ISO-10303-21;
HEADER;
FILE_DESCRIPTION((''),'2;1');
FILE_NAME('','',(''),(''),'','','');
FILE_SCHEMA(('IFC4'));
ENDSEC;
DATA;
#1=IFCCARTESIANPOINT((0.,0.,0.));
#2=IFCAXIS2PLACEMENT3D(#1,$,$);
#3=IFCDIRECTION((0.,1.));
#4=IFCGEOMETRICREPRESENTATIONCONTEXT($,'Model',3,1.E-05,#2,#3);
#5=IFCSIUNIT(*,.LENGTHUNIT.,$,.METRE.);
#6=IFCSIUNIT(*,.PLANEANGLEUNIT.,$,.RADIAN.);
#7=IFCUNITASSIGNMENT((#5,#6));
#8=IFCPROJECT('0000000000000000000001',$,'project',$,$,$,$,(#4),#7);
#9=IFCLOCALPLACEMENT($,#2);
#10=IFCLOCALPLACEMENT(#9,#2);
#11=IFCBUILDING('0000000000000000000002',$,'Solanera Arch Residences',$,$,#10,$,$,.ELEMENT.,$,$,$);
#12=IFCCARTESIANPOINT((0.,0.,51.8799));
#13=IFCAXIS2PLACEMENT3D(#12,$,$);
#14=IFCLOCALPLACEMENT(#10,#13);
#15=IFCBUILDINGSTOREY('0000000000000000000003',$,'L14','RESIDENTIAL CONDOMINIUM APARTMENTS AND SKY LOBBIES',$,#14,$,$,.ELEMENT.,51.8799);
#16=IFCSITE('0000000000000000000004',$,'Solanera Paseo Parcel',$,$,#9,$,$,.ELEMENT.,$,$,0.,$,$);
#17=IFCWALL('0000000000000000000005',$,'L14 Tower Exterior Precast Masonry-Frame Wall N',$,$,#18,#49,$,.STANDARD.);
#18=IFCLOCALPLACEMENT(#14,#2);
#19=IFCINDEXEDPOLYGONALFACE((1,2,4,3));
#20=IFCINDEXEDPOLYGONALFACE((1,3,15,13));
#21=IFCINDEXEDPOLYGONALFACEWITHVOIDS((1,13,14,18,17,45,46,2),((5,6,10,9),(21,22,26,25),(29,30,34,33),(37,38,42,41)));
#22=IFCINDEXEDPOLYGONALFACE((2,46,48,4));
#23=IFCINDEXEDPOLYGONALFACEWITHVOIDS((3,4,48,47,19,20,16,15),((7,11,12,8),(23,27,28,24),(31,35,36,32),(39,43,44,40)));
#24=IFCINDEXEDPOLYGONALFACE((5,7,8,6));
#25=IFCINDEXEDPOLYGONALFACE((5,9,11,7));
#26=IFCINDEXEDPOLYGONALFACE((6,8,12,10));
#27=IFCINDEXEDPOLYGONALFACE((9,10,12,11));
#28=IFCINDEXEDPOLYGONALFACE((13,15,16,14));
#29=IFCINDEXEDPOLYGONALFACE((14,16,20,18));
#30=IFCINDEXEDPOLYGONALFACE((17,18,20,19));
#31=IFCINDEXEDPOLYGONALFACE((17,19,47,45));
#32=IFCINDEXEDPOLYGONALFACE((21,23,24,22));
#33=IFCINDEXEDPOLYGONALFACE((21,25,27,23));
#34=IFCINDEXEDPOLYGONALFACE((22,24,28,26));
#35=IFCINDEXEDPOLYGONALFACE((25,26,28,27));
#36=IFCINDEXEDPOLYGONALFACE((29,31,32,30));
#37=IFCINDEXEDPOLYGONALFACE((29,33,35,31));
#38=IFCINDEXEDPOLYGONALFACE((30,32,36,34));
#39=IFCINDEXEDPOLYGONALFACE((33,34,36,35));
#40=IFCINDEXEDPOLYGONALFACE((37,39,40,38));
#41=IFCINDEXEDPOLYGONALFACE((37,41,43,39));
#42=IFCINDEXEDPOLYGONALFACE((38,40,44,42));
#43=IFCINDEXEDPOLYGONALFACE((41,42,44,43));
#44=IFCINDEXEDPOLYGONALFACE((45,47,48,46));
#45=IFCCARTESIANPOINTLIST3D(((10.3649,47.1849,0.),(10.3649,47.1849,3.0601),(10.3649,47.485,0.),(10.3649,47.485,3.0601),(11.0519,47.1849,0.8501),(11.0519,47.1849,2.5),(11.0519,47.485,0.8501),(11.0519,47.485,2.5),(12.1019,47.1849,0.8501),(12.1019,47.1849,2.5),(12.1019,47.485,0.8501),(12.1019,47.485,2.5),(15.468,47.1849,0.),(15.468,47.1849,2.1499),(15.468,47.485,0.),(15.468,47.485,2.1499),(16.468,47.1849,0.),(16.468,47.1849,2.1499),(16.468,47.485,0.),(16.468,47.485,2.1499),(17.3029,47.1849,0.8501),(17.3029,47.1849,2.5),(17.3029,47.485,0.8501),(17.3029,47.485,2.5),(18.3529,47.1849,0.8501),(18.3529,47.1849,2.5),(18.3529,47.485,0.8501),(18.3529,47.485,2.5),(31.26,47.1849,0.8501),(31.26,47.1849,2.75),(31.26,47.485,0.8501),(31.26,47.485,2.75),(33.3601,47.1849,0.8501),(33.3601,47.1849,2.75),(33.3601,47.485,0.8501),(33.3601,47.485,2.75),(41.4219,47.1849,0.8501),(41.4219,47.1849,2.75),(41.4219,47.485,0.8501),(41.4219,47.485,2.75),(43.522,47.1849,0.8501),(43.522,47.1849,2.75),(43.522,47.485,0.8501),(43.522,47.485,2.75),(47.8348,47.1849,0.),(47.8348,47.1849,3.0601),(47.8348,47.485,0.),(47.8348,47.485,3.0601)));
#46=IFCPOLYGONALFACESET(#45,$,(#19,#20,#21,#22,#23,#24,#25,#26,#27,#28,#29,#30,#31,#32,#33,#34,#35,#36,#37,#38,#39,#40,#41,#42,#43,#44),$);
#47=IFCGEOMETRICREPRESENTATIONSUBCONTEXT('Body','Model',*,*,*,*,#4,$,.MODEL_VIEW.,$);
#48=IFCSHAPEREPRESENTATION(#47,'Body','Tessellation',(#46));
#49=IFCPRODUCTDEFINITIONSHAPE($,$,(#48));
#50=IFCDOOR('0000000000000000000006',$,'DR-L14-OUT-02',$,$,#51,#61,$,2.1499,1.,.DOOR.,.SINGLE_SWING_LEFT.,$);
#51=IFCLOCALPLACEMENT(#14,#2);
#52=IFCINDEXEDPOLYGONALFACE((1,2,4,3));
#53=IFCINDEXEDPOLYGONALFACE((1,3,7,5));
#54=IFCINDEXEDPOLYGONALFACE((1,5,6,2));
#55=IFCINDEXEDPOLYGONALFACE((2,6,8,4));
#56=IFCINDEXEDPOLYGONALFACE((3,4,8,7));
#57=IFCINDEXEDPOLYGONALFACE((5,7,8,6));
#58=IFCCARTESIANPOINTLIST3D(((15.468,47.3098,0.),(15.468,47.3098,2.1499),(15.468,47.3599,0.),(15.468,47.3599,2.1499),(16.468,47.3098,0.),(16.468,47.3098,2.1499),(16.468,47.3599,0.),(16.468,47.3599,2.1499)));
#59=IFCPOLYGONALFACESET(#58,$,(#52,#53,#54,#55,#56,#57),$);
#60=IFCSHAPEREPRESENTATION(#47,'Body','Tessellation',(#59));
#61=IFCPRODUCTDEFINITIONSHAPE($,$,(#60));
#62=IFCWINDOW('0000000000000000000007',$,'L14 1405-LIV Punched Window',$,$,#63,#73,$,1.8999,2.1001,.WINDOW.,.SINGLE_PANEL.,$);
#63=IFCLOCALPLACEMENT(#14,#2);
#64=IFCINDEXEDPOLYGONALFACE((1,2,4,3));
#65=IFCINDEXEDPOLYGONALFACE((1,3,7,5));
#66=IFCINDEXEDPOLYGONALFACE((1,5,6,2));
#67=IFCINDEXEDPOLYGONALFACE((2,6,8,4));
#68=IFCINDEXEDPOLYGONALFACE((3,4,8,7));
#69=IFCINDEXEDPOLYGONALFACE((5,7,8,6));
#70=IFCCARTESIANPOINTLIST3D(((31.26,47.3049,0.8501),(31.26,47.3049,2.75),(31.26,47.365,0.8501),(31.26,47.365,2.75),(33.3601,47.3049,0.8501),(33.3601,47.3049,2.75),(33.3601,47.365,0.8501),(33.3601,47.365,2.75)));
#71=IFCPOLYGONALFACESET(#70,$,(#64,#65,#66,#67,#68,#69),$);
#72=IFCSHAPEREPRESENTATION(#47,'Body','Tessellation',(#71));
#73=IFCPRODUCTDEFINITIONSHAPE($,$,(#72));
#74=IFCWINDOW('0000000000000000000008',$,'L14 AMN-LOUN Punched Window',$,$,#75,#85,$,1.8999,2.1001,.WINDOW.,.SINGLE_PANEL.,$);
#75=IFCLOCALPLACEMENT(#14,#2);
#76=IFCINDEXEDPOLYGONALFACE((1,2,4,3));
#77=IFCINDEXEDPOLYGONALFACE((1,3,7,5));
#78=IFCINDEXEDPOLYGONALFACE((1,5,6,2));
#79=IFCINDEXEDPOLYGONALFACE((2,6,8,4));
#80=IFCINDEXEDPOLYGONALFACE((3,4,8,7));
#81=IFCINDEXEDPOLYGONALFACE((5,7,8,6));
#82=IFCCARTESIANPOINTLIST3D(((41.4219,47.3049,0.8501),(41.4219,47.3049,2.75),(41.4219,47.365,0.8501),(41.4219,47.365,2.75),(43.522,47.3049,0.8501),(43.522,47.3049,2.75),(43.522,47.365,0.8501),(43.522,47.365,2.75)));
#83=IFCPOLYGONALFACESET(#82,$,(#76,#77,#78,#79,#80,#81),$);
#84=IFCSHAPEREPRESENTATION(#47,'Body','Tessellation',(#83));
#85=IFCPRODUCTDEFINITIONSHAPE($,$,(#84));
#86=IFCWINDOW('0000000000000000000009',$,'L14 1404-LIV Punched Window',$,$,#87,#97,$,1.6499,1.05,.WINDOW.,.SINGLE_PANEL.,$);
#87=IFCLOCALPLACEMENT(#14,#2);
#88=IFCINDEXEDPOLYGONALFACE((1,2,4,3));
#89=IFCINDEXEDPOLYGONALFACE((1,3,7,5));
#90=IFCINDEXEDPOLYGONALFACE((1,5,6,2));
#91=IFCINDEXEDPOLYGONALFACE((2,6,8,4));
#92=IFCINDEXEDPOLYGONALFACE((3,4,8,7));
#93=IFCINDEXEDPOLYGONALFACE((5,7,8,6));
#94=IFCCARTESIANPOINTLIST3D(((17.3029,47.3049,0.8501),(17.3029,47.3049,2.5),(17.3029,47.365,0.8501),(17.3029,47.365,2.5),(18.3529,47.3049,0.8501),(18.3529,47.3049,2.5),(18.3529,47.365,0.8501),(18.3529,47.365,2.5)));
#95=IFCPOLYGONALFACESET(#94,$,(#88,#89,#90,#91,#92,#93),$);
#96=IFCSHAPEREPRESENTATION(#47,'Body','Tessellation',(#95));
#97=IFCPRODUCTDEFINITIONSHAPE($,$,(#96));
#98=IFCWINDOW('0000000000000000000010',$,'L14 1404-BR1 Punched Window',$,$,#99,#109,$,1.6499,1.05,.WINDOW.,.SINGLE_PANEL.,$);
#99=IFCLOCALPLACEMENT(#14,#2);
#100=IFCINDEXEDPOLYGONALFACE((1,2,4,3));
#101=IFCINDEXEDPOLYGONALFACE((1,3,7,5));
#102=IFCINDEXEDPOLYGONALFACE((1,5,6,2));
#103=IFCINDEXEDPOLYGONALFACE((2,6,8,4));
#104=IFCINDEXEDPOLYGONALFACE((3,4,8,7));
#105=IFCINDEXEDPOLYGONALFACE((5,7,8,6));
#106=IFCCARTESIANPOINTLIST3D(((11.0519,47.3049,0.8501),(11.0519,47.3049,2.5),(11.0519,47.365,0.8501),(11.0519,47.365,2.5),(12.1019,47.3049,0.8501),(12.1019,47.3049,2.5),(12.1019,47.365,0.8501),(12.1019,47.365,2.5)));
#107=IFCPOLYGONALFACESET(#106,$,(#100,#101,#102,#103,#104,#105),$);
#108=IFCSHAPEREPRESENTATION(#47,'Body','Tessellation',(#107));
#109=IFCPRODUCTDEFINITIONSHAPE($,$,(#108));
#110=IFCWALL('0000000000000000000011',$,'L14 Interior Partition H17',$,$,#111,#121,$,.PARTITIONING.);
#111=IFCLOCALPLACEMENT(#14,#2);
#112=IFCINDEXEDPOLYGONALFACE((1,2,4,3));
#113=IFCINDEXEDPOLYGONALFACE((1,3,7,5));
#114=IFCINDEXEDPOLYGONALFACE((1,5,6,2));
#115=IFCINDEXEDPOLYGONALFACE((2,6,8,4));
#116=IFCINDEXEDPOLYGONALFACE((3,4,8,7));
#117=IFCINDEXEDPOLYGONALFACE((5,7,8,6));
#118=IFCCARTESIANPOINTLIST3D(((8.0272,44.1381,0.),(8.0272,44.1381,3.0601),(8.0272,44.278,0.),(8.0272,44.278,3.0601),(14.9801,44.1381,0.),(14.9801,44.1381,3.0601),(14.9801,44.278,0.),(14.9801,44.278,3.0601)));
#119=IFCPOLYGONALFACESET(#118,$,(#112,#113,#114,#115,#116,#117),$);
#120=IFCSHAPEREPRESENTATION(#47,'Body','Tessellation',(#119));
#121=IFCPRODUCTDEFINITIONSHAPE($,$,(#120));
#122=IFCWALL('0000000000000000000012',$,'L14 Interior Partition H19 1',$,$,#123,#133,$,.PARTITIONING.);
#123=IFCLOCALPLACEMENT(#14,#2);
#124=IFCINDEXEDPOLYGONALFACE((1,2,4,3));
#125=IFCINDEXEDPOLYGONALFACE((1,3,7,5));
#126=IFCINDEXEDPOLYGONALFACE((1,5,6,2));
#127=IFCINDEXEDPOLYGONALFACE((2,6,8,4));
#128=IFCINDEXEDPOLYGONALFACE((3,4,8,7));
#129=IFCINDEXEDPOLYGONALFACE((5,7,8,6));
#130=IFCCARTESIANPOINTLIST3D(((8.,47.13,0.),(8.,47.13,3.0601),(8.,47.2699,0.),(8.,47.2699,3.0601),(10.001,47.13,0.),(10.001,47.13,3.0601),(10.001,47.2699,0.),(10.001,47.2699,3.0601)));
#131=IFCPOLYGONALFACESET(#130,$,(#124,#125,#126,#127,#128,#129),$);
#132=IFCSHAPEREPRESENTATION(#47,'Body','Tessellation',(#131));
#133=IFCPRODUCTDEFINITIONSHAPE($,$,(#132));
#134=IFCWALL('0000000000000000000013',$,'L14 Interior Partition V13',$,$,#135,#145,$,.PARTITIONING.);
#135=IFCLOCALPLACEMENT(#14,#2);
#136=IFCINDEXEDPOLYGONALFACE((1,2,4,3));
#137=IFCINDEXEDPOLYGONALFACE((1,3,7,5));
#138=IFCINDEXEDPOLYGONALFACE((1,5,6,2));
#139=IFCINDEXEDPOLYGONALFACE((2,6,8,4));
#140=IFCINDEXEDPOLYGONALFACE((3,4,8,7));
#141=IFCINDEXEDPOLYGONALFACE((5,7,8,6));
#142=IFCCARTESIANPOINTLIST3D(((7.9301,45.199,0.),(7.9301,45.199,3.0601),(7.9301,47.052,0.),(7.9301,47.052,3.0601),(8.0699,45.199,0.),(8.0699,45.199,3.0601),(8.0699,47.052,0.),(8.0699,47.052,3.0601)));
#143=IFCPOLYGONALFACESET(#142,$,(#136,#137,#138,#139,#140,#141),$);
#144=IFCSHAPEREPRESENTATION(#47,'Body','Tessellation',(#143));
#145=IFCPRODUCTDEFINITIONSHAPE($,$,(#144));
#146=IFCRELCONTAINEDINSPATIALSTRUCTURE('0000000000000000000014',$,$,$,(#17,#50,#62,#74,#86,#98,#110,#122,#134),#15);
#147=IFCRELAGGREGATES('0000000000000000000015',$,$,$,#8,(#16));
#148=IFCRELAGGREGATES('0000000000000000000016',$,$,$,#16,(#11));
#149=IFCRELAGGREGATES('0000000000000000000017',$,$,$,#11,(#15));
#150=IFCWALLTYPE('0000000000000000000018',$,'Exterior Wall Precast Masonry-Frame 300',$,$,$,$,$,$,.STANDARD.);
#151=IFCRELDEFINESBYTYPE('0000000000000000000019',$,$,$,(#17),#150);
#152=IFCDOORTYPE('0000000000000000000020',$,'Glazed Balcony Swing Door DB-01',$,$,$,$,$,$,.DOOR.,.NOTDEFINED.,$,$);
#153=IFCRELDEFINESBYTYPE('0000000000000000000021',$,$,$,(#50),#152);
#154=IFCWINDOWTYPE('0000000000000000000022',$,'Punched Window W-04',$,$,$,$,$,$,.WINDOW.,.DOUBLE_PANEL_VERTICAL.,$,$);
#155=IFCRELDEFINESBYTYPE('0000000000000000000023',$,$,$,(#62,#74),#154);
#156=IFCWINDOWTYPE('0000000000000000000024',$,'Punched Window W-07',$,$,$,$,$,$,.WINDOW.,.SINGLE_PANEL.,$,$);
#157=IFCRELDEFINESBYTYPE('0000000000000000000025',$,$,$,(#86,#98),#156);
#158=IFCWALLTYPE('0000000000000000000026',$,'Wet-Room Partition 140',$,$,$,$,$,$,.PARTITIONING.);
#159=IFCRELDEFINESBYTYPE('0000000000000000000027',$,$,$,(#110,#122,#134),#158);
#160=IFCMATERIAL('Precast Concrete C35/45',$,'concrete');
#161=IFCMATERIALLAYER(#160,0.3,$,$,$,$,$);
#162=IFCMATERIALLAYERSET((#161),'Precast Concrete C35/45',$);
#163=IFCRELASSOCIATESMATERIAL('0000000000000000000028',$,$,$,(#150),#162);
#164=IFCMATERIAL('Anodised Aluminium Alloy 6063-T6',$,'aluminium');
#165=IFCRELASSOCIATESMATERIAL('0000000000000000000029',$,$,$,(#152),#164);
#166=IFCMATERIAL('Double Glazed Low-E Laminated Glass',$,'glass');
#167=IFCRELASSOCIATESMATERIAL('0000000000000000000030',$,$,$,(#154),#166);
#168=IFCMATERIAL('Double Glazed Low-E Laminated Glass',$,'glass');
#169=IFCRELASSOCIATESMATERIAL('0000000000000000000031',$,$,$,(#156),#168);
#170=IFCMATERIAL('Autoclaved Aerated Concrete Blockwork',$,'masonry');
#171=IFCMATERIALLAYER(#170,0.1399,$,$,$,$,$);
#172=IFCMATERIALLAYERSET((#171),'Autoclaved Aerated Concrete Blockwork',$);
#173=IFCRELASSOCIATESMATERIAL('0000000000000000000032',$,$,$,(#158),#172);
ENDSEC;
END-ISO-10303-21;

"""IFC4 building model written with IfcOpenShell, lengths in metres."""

from ifc_helpers import new_model, si_unit, direction, frame, frame_2d, origin, place, context, subcontext, project, spatial, rectangle, extrude, material, layer, layer_set, type_object, element, fill, save


model = new_model("IFC4")

# Units and contexts
model_context = context("Model", 3, precision=1e-05, world=origin(), true_north=direction((0.0, 1.0)))
body_context = subcontext(model_context, "Body", "Model", "MODEL_VIEW")
ifc_project = project(units=[si_unit("LENGTHUNIT", "METRE"), si_unit("PLANEANGLEUNIT", "RADIAN")], contexts=[model_context])

# Site, building, storey
site_placement = place(None, origin())
site = spatial("IfcSite", under=ifc_project, at=site_placement, Name="Solanera Paseo Parcel", CompositionType="ELEMENT", RefElevation=0.0)
building_placement = place(site_placement, origin())
building = spatial("IfcBuilding", under=site, at=building_placement, Name="Solanera Arch Residences", CompositionType="ELEMENT")
storey_placement = place(building_placement, frame((0.0, 0.0, 51.8799)))
storey = spatial("IfcBuildingStorey", under=building, at=storey_placement, Name="L14", Description="RESIDENTIAL CONDOMINIUM APARTMENTS AND SKY LOBBIES", CompositionType="ELEMENT", Elevation=51.8799)

# Shared definitions
ifc_material_1 = material(Name="Precast Concrete C35/45", Category="concrete")
ifc_layer_1 = layer(ifc_material_1, 0.3)
ifc_layer_set_1 = layer_set([ifc_layer_1], Name="Precast Concrete C35/45")
wall_type_1 = type_object("IfcWallType", Name="Exterior Wall Precast Masonry-Frame 300", PredefinedType="STANDARD", material=ifc_layer_set_1)

# Wall, openings, door, windows
wall_1_placement = place(storey_placement, frame((10.365, 47.335, 0.0), z_axis=(0.0, 0.0, 1.0), x_axis=(1.0, 0.0, 0.0)))
wall_1 = element("IfcWall", 1, at=wall_1_placement, inside=storey, type_object=wall_type_1, Name="L14 Tower Exterior Precast Masonry-Frame Wall N", PredefinedType="STANDARD", context=body_context, shape_type="SweptSolid", body=[
    extrude(rectangle(XDim=37.47, YDim=0.3, at=frame_2d((18.7349, 0.0))), origin(), (0.0, 0.0, 1.0), 3.0601),
])
opening_1_placement = place(wall_1_placement, frame((5.103, 0.0, 0.0)))
opening_1 = element("IfcOpeningElement", 2, at=opening_1_placement, cuts=wall_1, PredefinedType="OPENING", context=body_context, shape_type="SweptSolid", body=[
    extrude(rectangle(XDim=1.0, YDim=2.1499, at=frame_2d((0.5, 1.075))), frame((0.0, 0.1599, 0.0), z_axis=(0.0, -1.0, 0.0), x_axis=(1.0, 0.0, 0.0)), (0.0, 0.0, 1.0), 0.32),
])
opening_2_placement = place(wall_1_placement, frame((6.938, 0.0, 0.8501)))
opening_2 = element("IfcOpeningElement", 3, at=opening_2_placement, cuts=wall_1, PredefinedType="OPENING", context=body_context, shape_type="SweptSolid", body=[
    extrude(rectangle(XDim=1.05, YDim=1.6499, at=frame_2d((0.5249, 0.825))), frame((0.0, 0.1599, 0.0), z_axis=(0.0, -1.0, 0.0), x_axis=(1.0, 0.0, 0.0)), (0.0, 0.0, 1.0), 0.32),
])
opening_3_placement = place(wall_1_placement, frame((0.687, 0.0, 0.8501)))
opening_3 = element("IfcOpeningElement", 4, at=opening_3_placement, cuts=wall_1, PredefinedType="OPENING", context=body_context, shape_type="SweptSolid", body=[
    extrude(rectangle(XDim=1.05, YDim=1.6499, at=frame_2d((0.5249, 0.825))), frame((0.0, 0.1599, 0.0), z_axis=(0.0, -1.0, 0.0), x_axis=(1.0, 0.0, 0.0)), (0.0, 0.0, 1.0), 0.32),
])
opening_4_placement = place(wall_1_placement, frame((20.895, 0.0, 0.8501)))
opening_4 = element("IfcOpeningElement", 5, at=opening_4_placement, cuts=wall_1, PredefinedType="OPENING", context=body_context, shape_type="SweptSolid", body=[
    extrude(rectangle(XDim=2.1001, YDim=1.8999, at=frame_2d((1.05, 0.95))), frame((0.0, 0.1599, 0.0), z_axis=(0.0, -1.0, 0.0), x_axis=(1.0, 0.0, 0.0)), (0.0, 0.0, 1.0), 0.32),
])
opening_5_placement = place(wall_1_placement, frame((31.0569, 0.0, 0.8501)))
opening_5 = element("IfcOpeningElement", 6, at=opening_5_placement, cuts=wall_1, PredefinedType="OPENING", context=body_context, shape_type="SweptSolid", body=[
    extrude(rectangle(XDim=2.1001, YDim=1.8999, at=frame_2d((1.05, 0.95))), frame((0.0, 0.1599, 0.0), z_axis=(0.0, -1.0, 0.0), x_axis=(1.0, 0.0, 0.0)), (0.0, 0.0, 1.0), 0.32),
])
ifc_material_2 = material(Name="Anodised Aluminium Alloy 6063-T6", Category="aluminium")
door_type_1 = type_object("IfcDoorType", Name="Glazed Balcony Swing Door DB-01", OperationType="NOTDEFINED", PredefinedType="DOOR", material=ifc_material_2)
door_1_placement = place(opening_1_placement, origin())
door_1 = element("IfcDoor", 7, at=door_1_placement, inside=storey, type_object=door_type_1, Name="DR-L14-OUT-02", OperationType="SINGLE_SWING_LEFT", OverallHeight=2.1499, OverallWidth=1.0, PredefinedType="DOOR", context=body_context, shape_type="SweptSolid", body=[
    extrude(rectangle(XDim=1.0, YDim=2.1499, at=frame_2d((0.5, 1.075))), frame((0.0, 0.0249, 0.0), z_axis=(0.0, -1.0, 0.0), x_axis=(1.0, 0.0, 0.0)), (0.0, 0.0, 1.0), 0.05),
])
fill(opening_1, door_1)
ifc_material_3 = material(Name="Double Glazed Low-E Laminated Glass", Category="glass")
window_type_1 = type_object("IfcWindowType", Name="Punched Window W-04", PartitioningType="DOUBLE_PANEL_VERTICAL", PredefinedType="WINDOW", material=ifc_material_3)
window_1_placement = place(opening_4_placement, origin())
window_1 = element("IfcWindow", 8, at=window_1_placement, inside=storey, type_object=window_type_1, Name="L14 1405-LIV Punched Window", OverallHeight=1.8999, OverallWidth=2.1001, PartitioningType="SINGLE_PANEL", PredefinedType="WINDOW", context=body_context, shape_type="SweptSolid", body=[
    extrude(rectangle(XDim=2.1001, YDim=1.8999, at=frame_2d((1.05, 0.95))), frame((0.0, 0.03, 0.0), z_axis=(0.0, -1.0, 0.0), x_axis=(1.0, 0.0, 0.0)), (0.0, 0.0, 1.0), 0.0601),
])
fill(opening_4, window_1)
window_2_placement = place(opening_5_placement, origin())
window_2 = element("IfcWindow", 9, at=window_2_placement, inside=storey, type_object=window_type_1, Name="L14 AMN-LOUN Punched Window", OverallHeight=1.8999, OverallWidth=2.1001, PartitioningType="SINGLE_PANEL", PredefinedType="WINDOW", context=body_context, shape_type="SweptSolid", body=[
    extrude(rectangle(XDim=2.1001, YDim=1.8999, at=frame_2d((1.05, 0.95))), frame((0.0, 0.03, 0.0), z_axis=(0.0, -1.0, 0.0), x_axis=(1.0, 0.0, 0.0)), (0.0, 0.0, 1.0), 0.0601),
])
fill(opening_5, window_2)
ifc_material_4 = material(Name="Double Glazed Low-E Laminated Glass", Category="glass")
window_type_2 = type_object("IfcWindowType", Name="Punched Window W-07", PartitioningType="SINGLE_PANEL", PredefinedType="WINDOW", material=ifc_material_4)
window_3_placement = place(opening_2_placement, origin())
window_3 = element("IfcWindow", 10, at=window_3_placement, inside=storey, type_object=window_type_2, Name="L14 1404-LIV Punched Window", OverallHeight=1.6499, OverallWidth=1.05, PartitioningType="SINGLE_PANEL", PredefinedType="WINDOW", context=body_context, shape_type="SweptSolid", body=[
    extrude(rectangle(XDim=1.05, YDim=1.6499, at=frame_2d((0.5249, 0.825))), frame((0.0, 0.03, 0.0), z_axis=(0.0, -1.0, 0.0), x_axis=(1.0, 0.0, 0.0)), (0.0, 0.0, 1.0), 0.0601),
])
fill(opening_2, window_3)
window_4_placement = place(opening_3_placement, origin())
window_4 = element("IfcWindow", 11, at=window_4_placement, inside=storey, type_object=window_type_2, Name="L14 1404-BR1 Punched Window", OverallHeight=1.6499, OverallWidth=1.05, PartitioningType="SINGLE_PANEL", PredefinedType="WINDOW", context=body_context, shape_type="SweptSolid", body=[
    extrude(rectangle(XDim=1.05, YDim=1.6499, at=frame_2d((0.5249, 0.825))), frame((0.0, 0.03, 0.0), z_axis=(0.0, -1.0, 0.0), x_axis=(1.0, 0.0, 0.0)), (0.0, 0.0, 1.0), 0.0601),
])
fill(opening_3, window_4)

# Walls
ifc_material_5 = material(Name="Autoclaved Aerated Concrete Blockwork", Category="masonry")
ifc_layer_2 = layer(ifc_material_5, 0.1399)
ifc_layer_set_2 = layer_set([ifc_layer_2], Name="Autoclaved Aerated Concrete Blockwork")
wall_type_2 = type_object("IfcWallType", Name="Wet-Room Partition 140", PredefinedType="PARTITIONING", material=ifc_layer_set_2)
wall_2_placement = place(storey_placement, frame((8.0271, 44.208, 0.0), z_axis=(0.0, 0.0, 1.0), x_axis=(1.0, 0.0, 0.0)))
element("IfcWall", 12, at=wall_2_placement, inside=storey, type_object=wall_type_2, Name="L14 Interior Partition H17", PredefinedType="PARTITIONING", context=body_context, shape_type="SweptSolid", body=[
    extrude(rectangle(XDim=6.9529, YDim=0.1399, at=frame_2d((3.4766, 0.0))), origin(), (0.0, 0.0, 1.0), 3.0601),
])
wall_3_placement = place(storey_placement, frame((8.0, 47.2, 0.0), z_axis=(0.0, 0.0, 1.0), x_axis=(1.0, 0.0, 0.0)))
element("IfcWall", 13, at=wall_3_placement, inside=storey, type_object=wall_type_2, Name="L14 Interior Partition H19 1", PredefinedType="PARTITIONING", context=body_context, shape_type="SweptSolid", body=[
    extrude(rectangle(XDim=2.001, YDim=0.1399, at=frame_2d((1.0005, 0.0))), origin(), (0.0, 0.0, 1.0), 3.0601),
])
wall_4_placement = place(storey_placement, frame((8.0, 45.199, 0.0), z_axis=(0.0, 0.0, 1.0), x_axis=(0.0, 1.0, 0.0)))
element("IfcWall", 14, at=wall_4_placement, inside=storey, type_object=wall_type_2, Name="L14 Interior Partition V13", PredefinedType="PARTITIONING", context=body_context, shape_type="SweptSolid", body=[
    extrude(rectangle(XDim=1.853, YDim=0.1399, at=frame_2d((0.9265, 0.0))), origin(), (0.0, 0.0, 1.0), 3.0601),
])

save(model, "model.ifc")
